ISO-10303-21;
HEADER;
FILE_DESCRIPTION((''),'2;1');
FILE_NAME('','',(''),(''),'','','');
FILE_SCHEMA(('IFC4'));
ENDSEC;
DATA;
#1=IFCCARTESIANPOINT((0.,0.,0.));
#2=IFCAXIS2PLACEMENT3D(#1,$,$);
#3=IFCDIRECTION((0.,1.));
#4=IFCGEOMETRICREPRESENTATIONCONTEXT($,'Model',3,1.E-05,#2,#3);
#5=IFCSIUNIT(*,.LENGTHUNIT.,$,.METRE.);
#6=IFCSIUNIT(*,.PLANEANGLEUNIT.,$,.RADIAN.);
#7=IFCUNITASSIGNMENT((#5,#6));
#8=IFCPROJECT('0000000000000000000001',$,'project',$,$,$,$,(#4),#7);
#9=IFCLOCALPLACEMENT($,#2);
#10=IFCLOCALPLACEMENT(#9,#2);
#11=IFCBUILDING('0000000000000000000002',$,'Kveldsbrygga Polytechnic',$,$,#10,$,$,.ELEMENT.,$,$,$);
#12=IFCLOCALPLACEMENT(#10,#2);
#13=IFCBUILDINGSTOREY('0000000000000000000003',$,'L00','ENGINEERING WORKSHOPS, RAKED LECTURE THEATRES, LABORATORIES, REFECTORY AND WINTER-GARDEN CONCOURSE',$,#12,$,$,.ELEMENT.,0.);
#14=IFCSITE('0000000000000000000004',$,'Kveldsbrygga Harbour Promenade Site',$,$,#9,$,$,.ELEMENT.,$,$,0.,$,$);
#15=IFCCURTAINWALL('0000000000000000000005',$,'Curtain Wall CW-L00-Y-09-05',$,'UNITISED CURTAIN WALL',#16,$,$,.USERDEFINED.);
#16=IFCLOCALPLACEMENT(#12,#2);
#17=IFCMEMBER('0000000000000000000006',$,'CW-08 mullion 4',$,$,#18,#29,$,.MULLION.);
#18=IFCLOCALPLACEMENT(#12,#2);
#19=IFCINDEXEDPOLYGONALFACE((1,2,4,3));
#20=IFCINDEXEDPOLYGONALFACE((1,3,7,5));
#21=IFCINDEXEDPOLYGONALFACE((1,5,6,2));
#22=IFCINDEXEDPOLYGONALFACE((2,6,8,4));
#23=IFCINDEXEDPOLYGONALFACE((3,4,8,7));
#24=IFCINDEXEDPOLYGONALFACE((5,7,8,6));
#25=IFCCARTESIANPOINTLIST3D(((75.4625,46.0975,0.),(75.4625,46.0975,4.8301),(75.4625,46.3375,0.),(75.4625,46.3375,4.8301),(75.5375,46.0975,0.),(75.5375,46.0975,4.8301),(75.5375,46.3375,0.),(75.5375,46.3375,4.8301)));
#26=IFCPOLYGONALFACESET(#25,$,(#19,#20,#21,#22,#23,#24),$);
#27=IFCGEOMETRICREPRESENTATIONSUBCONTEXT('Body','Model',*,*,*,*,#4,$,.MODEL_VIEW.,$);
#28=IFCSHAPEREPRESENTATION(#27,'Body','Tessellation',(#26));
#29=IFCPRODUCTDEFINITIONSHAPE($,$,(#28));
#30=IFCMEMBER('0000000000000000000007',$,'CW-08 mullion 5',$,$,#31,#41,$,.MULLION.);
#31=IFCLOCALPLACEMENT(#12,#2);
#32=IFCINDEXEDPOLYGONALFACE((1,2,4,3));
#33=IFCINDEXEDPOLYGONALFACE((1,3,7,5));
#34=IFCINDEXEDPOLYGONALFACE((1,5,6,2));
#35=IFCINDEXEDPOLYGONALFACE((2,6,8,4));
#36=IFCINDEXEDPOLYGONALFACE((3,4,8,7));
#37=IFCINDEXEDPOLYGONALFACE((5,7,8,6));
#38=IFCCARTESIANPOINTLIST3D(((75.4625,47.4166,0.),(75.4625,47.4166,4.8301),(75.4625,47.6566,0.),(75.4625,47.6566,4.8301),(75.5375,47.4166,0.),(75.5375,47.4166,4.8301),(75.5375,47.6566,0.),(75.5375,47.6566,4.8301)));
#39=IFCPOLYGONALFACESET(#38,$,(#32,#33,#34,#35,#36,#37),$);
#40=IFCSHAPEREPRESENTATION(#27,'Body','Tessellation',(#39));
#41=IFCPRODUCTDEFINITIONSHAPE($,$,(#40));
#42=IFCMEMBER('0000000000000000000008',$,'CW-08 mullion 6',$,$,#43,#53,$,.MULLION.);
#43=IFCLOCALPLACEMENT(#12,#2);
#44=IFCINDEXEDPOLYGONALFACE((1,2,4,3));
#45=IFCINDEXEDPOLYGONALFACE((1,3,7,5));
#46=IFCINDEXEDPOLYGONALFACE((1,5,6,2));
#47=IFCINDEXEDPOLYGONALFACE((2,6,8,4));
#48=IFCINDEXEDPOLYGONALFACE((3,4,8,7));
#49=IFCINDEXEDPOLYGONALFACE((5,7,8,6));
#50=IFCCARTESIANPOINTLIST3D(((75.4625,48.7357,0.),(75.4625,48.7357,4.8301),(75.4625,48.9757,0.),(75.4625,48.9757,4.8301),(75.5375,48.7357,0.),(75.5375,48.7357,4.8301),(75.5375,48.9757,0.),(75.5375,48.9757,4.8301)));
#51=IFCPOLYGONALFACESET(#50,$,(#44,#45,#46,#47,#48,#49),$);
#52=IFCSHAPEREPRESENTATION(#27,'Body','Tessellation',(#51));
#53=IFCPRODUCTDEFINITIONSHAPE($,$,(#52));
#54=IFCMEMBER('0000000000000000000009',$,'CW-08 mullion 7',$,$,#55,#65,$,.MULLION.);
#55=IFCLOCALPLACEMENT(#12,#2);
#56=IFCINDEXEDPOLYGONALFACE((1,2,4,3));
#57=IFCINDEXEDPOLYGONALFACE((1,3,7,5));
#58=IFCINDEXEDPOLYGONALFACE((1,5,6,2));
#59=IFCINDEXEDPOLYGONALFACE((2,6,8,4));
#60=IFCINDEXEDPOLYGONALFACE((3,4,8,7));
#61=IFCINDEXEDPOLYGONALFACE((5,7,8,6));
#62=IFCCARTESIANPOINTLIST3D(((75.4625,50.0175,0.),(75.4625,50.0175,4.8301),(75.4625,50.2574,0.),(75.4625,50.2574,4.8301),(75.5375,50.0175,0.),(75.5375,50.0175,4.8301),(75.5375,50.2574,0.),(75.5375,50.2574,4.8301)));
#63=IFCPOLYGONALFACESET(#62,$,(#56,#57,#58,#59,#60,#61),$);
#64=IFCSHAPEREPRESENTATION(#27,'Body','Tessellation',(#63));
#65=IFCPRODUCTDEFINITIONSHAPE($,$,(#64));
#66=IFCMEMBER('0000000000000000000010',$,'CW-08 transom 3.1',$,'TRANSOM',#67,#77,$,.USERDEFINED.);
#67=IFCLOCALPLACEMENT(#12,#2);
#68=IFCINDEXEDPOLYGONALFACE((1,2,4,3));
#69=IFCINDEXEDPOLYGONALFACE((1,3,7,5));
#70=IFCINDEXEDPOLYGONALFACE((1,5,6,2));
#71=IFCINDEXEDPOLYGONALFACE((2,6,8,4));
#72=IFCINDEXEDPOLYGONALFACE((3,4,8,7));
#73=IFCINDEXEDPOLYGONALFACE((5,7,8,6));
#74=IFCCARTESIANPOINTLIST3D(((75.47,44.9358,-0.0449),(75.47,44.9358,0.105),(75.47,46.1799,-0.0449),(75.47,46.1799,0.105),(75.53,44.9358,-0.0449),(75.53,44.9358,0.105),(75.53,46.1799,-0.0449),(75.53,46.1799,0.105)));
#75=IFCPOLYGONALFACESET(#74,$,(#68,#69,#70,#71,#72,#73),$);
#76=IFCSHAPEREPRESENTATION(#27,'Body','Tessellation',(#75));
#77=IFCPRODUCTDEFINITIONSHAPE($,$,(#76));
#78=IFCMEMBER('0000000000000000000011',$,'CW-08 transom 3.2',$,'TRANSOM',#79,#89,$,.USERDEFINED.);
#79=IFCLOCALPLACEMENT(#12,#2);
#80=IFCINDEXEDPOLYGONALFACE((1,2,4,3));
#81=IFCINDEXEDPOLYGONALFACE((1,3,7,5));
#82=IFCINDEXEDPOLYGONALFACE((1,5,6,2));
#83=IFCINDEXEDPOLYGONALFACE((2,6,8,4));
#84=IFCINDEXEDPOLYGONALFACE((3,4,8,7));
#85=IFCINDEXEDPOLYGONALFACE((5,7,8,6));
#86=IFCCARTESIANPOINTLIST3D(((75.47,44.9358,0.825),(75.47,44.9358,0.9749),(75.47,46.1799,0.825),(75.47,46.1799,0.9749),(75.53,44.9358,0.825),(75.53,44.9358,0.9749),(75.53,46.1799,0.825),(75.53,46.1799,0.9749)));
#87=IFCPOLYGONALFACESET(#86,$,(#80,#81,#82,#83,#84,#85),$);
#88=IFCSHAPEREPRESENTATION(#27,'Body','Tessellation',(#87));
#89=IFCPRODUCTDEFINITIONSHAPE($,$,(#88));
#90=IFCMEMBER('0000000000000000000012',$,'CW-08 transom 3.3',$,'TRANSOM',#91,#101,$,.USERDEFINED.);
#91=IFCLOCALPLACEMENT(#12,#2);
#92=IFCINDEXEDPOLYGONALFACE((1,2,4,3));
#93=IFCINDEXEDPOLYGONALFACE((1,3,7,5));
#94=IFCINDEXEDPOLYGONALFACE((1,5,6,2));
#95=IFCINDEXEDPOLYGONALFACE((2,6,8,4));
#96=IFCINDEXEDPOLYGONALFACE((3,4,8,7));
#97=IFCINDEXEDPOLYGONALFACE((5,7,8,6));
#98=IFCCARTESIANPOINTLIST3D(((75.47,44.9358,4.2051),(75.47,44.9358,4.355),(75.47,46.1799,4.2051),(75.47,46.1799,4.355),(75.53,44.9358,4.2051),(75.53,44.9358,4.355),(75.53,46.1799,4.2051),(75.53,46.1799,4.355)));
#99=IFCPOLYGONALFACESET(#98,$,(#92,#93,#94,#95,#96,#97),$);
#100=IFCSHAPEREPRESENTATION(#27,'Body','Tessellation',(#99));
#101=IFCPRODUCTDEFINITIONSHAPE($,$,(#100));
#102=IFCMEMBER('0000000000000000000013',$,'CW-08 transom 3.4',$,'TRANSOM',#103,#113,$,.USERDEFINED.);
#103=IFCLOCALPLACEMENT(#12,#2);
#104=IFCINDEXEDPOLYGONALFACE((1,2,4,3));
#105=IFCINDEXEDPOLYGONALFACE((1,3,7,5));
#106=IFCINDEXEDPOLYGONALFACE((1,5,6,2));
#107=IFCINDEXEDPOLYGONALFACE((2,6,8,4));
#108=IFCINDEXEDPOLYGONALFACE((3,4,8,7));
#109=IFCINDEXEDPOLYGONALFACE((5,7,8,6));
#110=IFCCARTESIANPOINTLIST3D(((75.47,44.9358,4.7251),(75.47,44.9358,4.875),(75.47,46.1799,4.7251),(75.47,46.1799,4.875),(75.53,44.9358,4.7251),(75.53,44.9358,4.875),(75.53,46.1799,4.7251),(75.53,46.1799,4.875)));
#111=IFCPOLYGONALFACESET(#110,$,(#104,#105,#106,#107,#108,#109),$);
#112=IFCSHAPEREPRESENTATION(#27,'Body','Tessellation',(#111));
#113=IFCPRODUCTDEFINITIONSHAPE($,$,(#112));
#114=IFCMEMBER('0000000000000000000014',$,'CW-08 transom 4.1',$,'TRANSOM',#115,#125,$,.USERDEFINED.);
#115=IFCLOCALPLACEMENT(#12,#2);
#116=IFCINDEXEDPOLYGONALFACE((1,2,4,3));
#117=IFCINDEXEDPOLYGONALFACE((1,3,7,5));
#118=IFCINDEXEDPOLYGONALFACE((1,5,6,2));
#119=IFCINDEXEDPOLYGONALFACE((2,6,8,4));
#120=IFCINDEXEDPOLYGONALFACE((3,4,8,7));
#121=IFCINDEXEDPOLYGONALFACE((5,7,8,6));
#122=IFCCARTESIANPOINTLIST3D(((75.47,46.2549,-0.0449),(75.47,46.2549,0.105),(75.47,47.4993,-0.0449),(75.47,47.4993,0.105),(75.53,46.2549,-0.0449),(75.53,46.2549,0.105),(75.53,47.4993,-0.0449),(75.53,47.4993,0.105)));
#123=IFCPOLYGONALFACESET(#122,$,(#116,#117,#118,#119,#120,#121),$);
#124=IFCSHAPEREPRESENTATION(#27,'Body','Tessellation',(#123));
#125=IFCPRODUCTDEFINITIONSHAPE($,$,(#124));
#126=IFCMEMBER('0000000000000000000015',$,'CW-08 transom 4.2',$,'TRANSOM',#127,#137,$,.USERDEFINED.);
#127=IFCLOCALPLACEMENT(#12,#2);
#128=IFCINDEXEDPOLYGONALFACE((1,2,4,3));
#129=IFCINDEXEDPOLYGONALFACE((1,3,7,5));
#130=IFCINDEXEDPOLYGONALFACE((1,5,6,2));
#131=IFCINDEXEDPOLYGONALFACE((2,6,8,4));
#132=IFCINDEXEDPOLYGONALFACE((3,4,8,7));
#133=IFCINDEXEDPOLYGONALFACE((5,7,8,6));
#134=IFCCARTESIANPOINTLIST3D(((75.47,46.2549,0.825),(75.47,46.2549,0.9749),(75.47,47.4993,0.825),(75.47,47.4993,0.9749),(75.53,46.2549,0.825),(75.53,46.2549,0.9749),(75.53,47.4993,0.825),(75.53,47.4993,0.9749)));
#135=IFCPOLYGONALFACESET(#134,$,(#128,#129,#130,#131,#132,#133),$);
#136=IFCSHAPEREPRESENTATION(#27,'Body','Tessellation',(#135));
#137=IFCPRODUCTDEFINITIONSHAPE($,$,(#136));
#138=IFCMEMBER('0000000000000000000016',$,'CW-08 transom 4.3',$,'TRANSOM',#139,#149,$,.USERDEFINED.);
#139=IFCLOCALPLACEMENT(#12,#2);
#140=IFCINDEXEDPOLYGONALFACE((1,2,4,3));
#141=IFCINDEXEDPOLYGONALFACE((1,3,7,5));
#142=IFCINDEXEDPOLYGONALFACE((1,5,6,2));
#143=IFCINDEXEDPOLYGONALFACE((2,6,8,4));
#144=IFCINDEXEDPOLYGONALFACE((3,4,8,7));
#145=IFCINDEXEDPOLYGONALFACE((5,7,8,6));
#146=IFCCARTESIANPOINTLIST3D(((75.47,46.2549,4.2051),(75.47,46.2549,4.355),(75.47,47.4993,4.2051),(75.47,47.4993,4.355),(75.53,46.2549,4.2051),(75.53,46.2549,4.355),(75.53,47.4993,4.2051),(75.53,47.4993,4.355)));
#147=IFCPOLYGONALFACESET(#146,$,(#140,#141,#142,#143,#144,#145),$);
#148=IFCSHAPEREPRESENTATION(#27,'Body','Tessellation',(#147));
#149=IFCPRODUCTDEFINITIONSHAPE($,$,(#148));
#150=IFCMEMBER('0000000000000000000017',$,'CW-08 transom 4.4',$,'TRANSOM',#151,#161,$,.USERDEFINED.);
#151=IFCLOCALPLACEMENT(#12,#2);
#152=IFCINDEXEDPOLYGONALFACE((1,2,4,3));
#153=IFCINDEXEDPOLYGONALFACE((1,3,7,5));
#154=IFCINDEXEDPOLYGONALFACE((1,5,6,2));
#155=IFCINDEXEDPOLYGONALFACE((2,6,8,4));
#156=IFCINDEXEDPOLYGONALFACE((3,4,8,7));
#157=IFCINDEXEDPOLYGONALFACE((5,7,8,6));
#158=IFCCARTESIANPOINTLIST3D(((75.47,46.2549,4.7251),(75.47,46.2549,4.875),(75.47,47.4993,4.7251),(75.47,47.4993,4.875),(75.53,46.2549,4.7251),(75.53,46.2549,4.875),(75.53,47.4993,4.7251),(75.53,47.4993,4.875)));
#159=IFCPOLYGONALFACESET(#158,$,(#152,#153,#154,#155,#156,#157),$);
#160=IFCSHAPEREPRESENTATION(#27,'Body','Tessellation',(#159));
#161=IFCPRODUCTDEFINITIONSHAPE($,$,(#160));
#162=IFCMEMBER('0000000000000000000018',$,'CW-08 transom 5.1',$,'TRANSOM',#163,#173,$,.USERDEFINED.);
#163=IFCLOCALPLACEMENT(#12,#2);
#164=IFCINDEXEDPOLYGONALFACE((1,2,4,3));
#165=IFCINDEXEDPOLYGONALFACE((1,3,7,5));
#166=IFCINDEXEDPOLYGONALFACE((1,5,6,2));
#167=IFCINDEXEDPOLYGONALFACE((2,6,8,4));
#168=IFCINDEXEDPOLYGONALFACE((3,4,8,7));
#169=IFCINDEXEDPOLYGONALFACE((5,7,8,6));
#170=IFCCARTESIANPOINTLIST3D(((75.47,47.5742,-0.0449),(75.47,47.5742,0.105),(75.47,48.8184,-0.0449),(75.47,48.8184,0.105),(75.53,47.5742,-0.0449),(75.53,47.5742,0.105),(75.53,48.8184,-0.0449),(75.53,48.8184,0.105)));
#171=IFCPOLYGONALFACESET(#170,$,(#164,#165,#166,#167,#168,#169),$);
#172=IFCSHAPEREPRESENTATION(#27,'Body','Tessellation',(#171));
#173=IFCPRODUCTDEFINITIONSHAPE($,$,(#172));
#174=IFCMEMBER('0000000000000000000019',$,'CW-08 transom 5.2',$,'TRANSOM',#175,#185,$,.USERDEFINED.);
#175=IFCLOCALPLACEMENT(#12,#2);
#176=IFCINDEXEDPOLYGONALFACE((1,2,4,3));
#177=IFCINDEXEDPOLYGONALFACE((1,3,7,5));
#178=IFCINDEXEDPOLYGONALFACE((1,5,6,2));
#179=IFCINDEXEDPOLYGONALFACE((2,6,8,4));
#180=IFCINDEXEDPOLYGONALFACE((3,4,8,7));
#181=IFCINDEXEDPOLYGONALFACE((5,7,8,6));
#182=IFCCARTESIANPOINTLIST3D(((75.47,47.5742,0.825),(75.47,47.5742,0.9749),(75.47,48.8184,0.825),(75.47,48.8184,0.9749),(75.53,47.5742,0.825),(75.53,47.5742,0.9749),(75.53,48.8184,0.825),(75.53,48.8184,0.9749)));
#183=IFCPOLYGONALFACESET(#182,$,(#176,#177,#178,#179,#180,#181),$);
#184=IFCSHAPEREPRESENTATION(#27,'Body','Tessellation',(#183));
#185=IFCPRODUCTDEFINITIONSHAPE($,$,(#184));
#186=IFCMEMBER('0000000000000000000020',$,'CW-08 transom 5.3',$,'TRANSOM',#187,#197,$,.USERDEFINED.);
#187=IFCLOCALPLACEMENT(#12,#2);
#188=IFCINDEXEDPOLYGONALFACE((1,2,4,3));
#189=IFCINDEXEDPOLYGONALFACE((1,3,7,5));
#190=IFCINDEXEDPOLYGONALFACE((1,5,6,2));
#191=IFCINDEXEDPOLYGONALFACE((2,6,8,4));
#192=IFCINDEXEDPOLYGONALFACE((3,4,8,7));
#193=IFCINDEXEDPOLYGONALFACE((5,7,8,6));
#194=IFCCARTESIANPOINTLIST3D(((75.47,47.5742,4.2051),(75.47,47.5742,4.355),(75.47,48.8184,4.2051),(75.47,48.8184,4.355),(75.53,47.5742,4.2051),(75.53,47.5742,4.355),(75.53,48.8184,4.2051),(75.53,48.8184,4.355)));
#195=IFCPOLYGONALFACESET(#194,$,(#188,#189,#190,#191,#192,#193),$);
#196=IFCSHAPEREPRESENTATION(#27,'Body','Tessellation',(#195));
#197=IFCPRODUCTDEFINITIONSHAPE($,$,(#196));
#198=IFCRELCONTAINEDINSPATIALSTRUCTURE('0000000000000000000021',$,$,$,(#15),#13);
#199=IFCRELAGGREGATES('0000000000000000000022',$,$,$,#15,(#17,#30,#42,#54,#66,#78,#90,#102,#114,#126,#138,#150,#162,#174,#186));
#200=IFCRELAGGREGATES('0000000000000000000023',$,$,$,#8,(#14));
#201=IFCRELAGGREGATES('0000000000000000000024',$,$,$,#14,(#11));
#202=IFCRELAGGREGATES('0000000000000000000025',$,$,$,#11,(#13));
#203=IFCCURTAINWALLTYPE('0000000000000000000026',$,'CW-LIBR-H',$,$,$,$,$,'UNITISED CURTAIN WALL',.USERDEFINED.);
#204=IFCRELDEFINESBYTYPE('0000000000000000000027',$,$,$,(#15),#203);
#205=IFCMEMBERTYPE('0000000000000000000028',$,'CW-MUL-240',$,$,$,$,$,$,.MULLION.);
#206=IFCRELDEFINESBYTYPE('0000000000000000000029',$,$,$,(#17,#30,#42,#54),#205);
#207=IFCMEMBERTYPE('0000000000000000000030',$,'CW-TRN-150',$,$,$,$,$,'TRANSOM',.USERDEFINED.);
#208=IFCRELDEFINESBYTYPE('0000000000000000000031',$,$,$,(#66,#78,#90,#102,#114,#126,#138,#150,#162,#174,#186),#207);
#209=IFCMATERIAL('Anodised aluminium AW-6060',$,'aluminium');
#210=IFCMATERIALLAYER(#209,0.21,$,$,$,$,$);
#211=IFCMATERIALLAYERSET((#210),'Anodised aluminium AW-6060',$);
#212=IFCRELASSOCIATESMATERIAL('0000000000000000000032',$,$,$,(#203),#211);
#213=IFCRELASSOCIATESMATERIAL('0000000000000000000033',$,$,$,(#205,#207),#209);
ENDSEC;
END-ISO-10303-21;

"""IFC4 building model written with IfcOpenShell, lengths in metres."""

from ifc_helpers import new_model, si_unit, direction, frame, origin, origin_2d, place, context, subcontext, project, spatial, rectangle, extrude, material, layer, layer_set, material_profile, profile_set, type_object, element, aggregate, save


model = new_model("IFC4")

# Units and contexts
model_context = context("Model", 3, precision=1e-05, world=origin(), true_north=direction((0.0, 1.0)))
body_context = subcontext(model_context, "Body", "Model", "MODEL_VIEW")
ifc_project = project(units=[si_unit("LENGTHUNIT", "METRE"), si_unit("PLANEANGLEUNIT", "RADIAN")], contexts=[model_context])

# Site, building, storey
site_placement = place(None, origin())
site = spatial("IfcSite", under=ifc_project, at=site_placement, Name="Kveldsbrygga Harbour Promenade Site", CompositionType="ELEMENT", RefElevation=0.0)
building_placement = place(site_placement, origin())
building = spatial("IfcBuilding", under=site, at=building_placement, Name="Kveldsbrygga Polytechnic", CompositionType="ELEMENT")
storey_placement = place(building_placement, origin())
storey = spatial("IfcBuildingStorey", under=building, at=storey_placement, Name="L00", Description="ENGINEERING WORKSHOPS, RAKED LECTURE THEATRES, LABORATORIES, REFECTORY AND WINTER-GARDEN CONCOURSE", CompositionType="ELEMENT", Elevation=0.0)

# Curtain wall, members
ifc_material_1 = material(Name="Anodised aluminium AW-6060", Category="aluminium")
ifc_layer_1 = layer(ifc_material_1, 0.21)
ifc_layer_set_1 = layer_set([ifc_layer_1], Name="Anodised aluminium AW-6060")
curtain_wall_type = type_object("IfcCurtainWallType", Name="CW-LIBR-H", ElementType="UNITISED CURTAIN WALL", PredefinedType="USERDEFINED", material=ifc_layer_set_1)
curtain_wall_placement = place(storey_placement, origin())
curtain_wall = element("IfcCurtainWall", 1, at=curtain_wall_placement, inside=storey, type_object=curtain_wall_type, Name="Curtain Wall CW-L00-Y-09-05", ObjectType="UNITISED CURTAIN WALL", PredefinedType="USERDEFINED")
ifc_material_profile_1 = material_profile(ifc_material_1, rectangle(XDim=0.075, YDim=0.24, at=origin_2d()), Name="ALU 75x240")
ifc_profile_set_1 = profile_set([ifc_material_profile_1], Name="Anodised aluminium AW-6060")
member_type_1 = type_object("IfcMemberType", Name="CW-MUL-240", PredefinedType="MULLION", material=ifc_profile_set_1)
member_1_placement = place(storey_placement, frame((75.5, 46.2175, 0.0), z_axis=(0.0, 0.0, 1.0), x_axis=(-1.0, 0.0, 0.0)))
member_1 = element("IfcMember", 2, at=member_1_placement, type_object=member_type_1, Name="CW-08 mullion 4", PredefinedType="MULLION", context=body_context, shape_type="SweptSolid", body=[
    extrude(rectangle(XDim=0.075, YDim=0.24, at=origin_2d()), origin(), (0.0, 0.0, 1.0), 4.8301),
])
member_2_placement = place(storey_placement, frame((75.5, 47.5366, 0.0), z_axis=(0.0, 0.0, 1.0), x_axis=(-1.0, 0.0, 0.0)))
member_2 = element("IfcMember", 3, at=member_2_placement, type_object=member_type_1, Name="CW-08 mullion 5", PredefinedType="MULLION", context=body_context, shape_type="SweptSolid", body=[
    extrude(rectangle(XDim=0.075, YDim=0.24, at=origin_2d()), origin(), (0.0, 0.0, 1.0), 4.8301),
])
member_3_placement = place(storey_placement, frame((75.5, 48.8557, 0.0), z_axis=(0.0, 0.0, 1.0), x_axis=(-1.0, 0.0, 0.0)))
member_3 = element("IfcMember", 4, at=member_3_placement, type_object=member_type_1, Name="CW-08 mullion 6", PredefinedType="MULLION", context=body_context, shape_type="SweptSolid", body=[
    extrude(rectangle(XDim=0.075, YDim=0.24, at=origin_2d()), origin(), (0.0, 0.0, 1.0), 4.8301),
])
member_4_placement = place(storey_placement, frame((75.5, 50.1375, 0.0), z_axis=(0.0, 0.0, 1.0), x_axis=(-1.0, 0.0, 0.0)))
member_4 = element("IfcMember", 5, at=member_4_placement, type_object=member_type_1, Name="CW-08 mullion 7", PredefinedType="MULLION", context=body_context, shape_type="SweptSolid", body=[
    extrude(rectangle(XDim=0.075, YDim=0.24, at=origin_2d()), origin(), (0.0, 0.0, 1.0), 4.8301),
])
ifc_material_profile_2 = material_profile(ifc_material_1, rectangle(XDim=0.0601, YDim=0.1499, at=origin_2d()), Name="ALU 60x150")
ifc_profile_set_2 = profile_set([ifc_material_profile_2], Name="Anodised aluminium AW-6060")
member_type_2 = type_object("IfcMemberType", Name="CW-TRN-150", ElementType="TRANSOM", PredefinedType="USERDEFINED", material=ifc_profile_set_2)
member_5_placement = place(storey_placement, frame((75.5, 44.9358, 0.03), z_axis=(0.0, 1.0, 0.0), x_axis=(-1.0, 0.0, 0.0)))
member_5 = element("IfcMember", 6, at=member_5_placement, type_object=member_type_2, Name="CW-08 transom 3.1", ObjectType="TRANSOM", PredefinedType="USERDEFINED", context=body_context, shape_type="SweptSolid", body=[
    extrude(rectangle(XDim=0.0601, YDim=0.1499, at=origin_2d()), origin(), (0.0, 0.0, 1.0), 1.2441),
])
member_6_placement = place(storey_placement, frame((75.5, 44.9358, 0.8999), z_axis=(0.0, 1.0, 0.0), x_axis=(-1.0, 0.0, 0.0)))
member_6 = element("IfcMember", 7, at=member_6_placement, type_object=member_type_2, Name="CW-08 transom 3.2", ObjectType="TRANSOM", PredefinedType="USERDEFINED", context=body_context, shape_type="SweptSolid", body=[
    extrude(rectangle(XDim=0.0601, YDim=0.1499, at=origin_2d()), origin(), (0.0, 0.0, 1.0), 1.2441),
])
member_7_placement = place(storey_placement, frame((75.5, 44.9358, 4.28), z_axis=(0.0, 1.0, 0.0), x_axis=(-1.0, 0.0, 0.0)))
member_7 = element("IfcMember", 8, at=member_7_placement, type_object=member_type_2, Name="CW-08 transom 3.3", ObjectType="TRANSOM", PredefinedType="USERDEFINED", context=body_context, shape_type="SweptSolid", body=[
    extrude(rectangle(XDim=0.0601, YDim=0.1499, at=origin_2d()), origin(), (0.0, 0.0, 1.0), 1.2441),
])
member_8_placement = place(storey_placement, frame((75.5, 44.9358, 4.8), z_axis=(0.0, 1.0, 0.0), x_axis=(-1.0, 0.0, 0.0)))
member_8 = element("IfcMember", 9, at=member_8_placement, type_object=member_type_2, Name="CW-08 transom 3.4", ObjectType="TRANSOM", PredefinedType="USERDEFINED", context=body_context, shape_type="SweptSolid", body=[
    extrude(rectangle(XDim=0.0601, YDim=0.1499, at=origin_2d()), origin(), (0.0, 0.0, 1.0), 1.2441),
])
member_9_placement = place(storey_placement, frame((75.5, 46.2549, 0.03), z_axis=(0.0, 1.0, 0.0), x_axis=(-1.0, 0.0, 0.0)))
member_9 = element("IfcMember", 10, at=member_9_placement, type_object=member_type_2, Name="CW-08 transom 4.1", ObjectType="TRANSOM", PredefinedType="USERDEFINED", context=body_context, shape_type="SweptSolid", body=[
    extrude(rectangle(XDim=0.0601, YDim=0.1499, at=origin_2d()), origin(), (0.0, 0.0, 1.0), 1.2444),
])
member_10_placement = place(storey_placement, frame((75.5, 46.2549, 0.8999), z_axis=(0.0, 1.0, 0.0), x_axis=(-1.0, 0.0, 0.0)))
member_10 = element("IfcMember", 11, at=member_10_placement, type_object=member_type_2, Name="CW-08 transom 4.2", ObjectType="TRANSOM", PredefinedType="USERDEFINED", context=body_context, shape_type="SweptSolid", body=[
    extrude(rectangle(XDim=0.0601, YDim=0.1499, at=origin_2d()), origin(), (0.0, 0.0, 1.0), 1.2444),
])
member_11_placement = place(storey_placement, frame((75.5, 46.2549, 4.28), z_axis=(0.0, 1.0, 0.0), x_axis=(-1.0, 0.0, 0.0)))
member_11 = element("IfcMember", 12, at=member_11_placement, type_object=member_type_2, Name="CW-08 transom 4.3", ObjectType="TRANSOM", PredefinedType="USERDEFINED", context=body_context, shape_type="SweptSolid", body=[
    extrude(rectangle(XDim=0.0601, YDim=0.1499, at=origin_2d()), origin(), (0.0, 0.0, 1.0), 1.2444),
])
member_12_placement = place(storey_placement, frame((75.5, 46.2549, 4.8), z_axis=(0.0, 1.0, 0.0), x_axis=(-1.0, 0.0, 0.0)))
member_12 = element("IfcMember", 13, at=member_12_placement, type_object=member_type_2, Name="CW-08 transom 4.4", ObjectType="TRANSOM", PredefinedType="USERDEFINED", context=body_context, shape_type="SweptSolid", body=[
    extrude(rectangle(XDim=0.0601, YDim=0.1499, at=origin_2d()), origin(), (0.0, 0.0, 1.0), 1.2444),
])
member_13_placement = place(storey_placement, frame((75.5, 47.5742, 0.03), z_axis=(0.0, 1.0, 0.0), x_axis=(-1.0, 0.0, 0.0)))
member_13 = element("IfcMember", 14, at=member_13_placement, type_object=member_type_2, Name="CW-08 transom 5.1", ObjectType="TRANSOM", PredefinedType="USERDEFINED", context=body_context, shape_type="SweptSolid", body=[
    extrude(rectangle(XDim=0.0601, YDim=0.1499, at=origin_2d()), origin(), (0.0, 0.0, 1.0), 1.2441),
])
member_14_placement = place(storey_placement, frame((75.5, 47.5742, 0.8999), z_axis=(0.0, 1.0, 0.0), x_axis=(-1.0, 0.0, 0.0)))
member_14 = element("IfcMember", 15, at=member_14_placement, type_object=member_type_2, Name="CW-08 transom 5.2", ObjectType="TRANSOM", PredefinedType="USERDEFINED", context=body_context, shape_type="SweptSolid", body=[
    extrude(rectangle(XDim=0.0601, YDim=0.1499, at=origin_2d()), origin(), (0.0, 0.0, 1.0), 1.2441),
])
member_15_placement = place(storey_placement, frame((75.5, 47.5742, 4.28), z_axis=(0.0, 1.0, 0.0), x_axis=(-1.0, 0.0, 0.0)))
member_15 = element("IfcMember", 16, at=member_15_placement, type_object=member_type_2, Name="CW-08 transom 5.3", ObjectType="TRANSOM", PredefinedType="USERDEFINED", context=body_context, shape_type="SweptSolid", body=[
    extrude(rectangle(XDim=0.0601, YDim=0.1499, at=origin_2d()), origin(), (0.0, 0.0, 1.0), 1.2441),
])
aggregate(curtain_wall, [member_1, member_2, member_3, member_4, member_5, member_6, member_7, member_8, member_9, member_10, member_11, member_12, member_13, member_14, member_15])

save(model, "model.ifc")
